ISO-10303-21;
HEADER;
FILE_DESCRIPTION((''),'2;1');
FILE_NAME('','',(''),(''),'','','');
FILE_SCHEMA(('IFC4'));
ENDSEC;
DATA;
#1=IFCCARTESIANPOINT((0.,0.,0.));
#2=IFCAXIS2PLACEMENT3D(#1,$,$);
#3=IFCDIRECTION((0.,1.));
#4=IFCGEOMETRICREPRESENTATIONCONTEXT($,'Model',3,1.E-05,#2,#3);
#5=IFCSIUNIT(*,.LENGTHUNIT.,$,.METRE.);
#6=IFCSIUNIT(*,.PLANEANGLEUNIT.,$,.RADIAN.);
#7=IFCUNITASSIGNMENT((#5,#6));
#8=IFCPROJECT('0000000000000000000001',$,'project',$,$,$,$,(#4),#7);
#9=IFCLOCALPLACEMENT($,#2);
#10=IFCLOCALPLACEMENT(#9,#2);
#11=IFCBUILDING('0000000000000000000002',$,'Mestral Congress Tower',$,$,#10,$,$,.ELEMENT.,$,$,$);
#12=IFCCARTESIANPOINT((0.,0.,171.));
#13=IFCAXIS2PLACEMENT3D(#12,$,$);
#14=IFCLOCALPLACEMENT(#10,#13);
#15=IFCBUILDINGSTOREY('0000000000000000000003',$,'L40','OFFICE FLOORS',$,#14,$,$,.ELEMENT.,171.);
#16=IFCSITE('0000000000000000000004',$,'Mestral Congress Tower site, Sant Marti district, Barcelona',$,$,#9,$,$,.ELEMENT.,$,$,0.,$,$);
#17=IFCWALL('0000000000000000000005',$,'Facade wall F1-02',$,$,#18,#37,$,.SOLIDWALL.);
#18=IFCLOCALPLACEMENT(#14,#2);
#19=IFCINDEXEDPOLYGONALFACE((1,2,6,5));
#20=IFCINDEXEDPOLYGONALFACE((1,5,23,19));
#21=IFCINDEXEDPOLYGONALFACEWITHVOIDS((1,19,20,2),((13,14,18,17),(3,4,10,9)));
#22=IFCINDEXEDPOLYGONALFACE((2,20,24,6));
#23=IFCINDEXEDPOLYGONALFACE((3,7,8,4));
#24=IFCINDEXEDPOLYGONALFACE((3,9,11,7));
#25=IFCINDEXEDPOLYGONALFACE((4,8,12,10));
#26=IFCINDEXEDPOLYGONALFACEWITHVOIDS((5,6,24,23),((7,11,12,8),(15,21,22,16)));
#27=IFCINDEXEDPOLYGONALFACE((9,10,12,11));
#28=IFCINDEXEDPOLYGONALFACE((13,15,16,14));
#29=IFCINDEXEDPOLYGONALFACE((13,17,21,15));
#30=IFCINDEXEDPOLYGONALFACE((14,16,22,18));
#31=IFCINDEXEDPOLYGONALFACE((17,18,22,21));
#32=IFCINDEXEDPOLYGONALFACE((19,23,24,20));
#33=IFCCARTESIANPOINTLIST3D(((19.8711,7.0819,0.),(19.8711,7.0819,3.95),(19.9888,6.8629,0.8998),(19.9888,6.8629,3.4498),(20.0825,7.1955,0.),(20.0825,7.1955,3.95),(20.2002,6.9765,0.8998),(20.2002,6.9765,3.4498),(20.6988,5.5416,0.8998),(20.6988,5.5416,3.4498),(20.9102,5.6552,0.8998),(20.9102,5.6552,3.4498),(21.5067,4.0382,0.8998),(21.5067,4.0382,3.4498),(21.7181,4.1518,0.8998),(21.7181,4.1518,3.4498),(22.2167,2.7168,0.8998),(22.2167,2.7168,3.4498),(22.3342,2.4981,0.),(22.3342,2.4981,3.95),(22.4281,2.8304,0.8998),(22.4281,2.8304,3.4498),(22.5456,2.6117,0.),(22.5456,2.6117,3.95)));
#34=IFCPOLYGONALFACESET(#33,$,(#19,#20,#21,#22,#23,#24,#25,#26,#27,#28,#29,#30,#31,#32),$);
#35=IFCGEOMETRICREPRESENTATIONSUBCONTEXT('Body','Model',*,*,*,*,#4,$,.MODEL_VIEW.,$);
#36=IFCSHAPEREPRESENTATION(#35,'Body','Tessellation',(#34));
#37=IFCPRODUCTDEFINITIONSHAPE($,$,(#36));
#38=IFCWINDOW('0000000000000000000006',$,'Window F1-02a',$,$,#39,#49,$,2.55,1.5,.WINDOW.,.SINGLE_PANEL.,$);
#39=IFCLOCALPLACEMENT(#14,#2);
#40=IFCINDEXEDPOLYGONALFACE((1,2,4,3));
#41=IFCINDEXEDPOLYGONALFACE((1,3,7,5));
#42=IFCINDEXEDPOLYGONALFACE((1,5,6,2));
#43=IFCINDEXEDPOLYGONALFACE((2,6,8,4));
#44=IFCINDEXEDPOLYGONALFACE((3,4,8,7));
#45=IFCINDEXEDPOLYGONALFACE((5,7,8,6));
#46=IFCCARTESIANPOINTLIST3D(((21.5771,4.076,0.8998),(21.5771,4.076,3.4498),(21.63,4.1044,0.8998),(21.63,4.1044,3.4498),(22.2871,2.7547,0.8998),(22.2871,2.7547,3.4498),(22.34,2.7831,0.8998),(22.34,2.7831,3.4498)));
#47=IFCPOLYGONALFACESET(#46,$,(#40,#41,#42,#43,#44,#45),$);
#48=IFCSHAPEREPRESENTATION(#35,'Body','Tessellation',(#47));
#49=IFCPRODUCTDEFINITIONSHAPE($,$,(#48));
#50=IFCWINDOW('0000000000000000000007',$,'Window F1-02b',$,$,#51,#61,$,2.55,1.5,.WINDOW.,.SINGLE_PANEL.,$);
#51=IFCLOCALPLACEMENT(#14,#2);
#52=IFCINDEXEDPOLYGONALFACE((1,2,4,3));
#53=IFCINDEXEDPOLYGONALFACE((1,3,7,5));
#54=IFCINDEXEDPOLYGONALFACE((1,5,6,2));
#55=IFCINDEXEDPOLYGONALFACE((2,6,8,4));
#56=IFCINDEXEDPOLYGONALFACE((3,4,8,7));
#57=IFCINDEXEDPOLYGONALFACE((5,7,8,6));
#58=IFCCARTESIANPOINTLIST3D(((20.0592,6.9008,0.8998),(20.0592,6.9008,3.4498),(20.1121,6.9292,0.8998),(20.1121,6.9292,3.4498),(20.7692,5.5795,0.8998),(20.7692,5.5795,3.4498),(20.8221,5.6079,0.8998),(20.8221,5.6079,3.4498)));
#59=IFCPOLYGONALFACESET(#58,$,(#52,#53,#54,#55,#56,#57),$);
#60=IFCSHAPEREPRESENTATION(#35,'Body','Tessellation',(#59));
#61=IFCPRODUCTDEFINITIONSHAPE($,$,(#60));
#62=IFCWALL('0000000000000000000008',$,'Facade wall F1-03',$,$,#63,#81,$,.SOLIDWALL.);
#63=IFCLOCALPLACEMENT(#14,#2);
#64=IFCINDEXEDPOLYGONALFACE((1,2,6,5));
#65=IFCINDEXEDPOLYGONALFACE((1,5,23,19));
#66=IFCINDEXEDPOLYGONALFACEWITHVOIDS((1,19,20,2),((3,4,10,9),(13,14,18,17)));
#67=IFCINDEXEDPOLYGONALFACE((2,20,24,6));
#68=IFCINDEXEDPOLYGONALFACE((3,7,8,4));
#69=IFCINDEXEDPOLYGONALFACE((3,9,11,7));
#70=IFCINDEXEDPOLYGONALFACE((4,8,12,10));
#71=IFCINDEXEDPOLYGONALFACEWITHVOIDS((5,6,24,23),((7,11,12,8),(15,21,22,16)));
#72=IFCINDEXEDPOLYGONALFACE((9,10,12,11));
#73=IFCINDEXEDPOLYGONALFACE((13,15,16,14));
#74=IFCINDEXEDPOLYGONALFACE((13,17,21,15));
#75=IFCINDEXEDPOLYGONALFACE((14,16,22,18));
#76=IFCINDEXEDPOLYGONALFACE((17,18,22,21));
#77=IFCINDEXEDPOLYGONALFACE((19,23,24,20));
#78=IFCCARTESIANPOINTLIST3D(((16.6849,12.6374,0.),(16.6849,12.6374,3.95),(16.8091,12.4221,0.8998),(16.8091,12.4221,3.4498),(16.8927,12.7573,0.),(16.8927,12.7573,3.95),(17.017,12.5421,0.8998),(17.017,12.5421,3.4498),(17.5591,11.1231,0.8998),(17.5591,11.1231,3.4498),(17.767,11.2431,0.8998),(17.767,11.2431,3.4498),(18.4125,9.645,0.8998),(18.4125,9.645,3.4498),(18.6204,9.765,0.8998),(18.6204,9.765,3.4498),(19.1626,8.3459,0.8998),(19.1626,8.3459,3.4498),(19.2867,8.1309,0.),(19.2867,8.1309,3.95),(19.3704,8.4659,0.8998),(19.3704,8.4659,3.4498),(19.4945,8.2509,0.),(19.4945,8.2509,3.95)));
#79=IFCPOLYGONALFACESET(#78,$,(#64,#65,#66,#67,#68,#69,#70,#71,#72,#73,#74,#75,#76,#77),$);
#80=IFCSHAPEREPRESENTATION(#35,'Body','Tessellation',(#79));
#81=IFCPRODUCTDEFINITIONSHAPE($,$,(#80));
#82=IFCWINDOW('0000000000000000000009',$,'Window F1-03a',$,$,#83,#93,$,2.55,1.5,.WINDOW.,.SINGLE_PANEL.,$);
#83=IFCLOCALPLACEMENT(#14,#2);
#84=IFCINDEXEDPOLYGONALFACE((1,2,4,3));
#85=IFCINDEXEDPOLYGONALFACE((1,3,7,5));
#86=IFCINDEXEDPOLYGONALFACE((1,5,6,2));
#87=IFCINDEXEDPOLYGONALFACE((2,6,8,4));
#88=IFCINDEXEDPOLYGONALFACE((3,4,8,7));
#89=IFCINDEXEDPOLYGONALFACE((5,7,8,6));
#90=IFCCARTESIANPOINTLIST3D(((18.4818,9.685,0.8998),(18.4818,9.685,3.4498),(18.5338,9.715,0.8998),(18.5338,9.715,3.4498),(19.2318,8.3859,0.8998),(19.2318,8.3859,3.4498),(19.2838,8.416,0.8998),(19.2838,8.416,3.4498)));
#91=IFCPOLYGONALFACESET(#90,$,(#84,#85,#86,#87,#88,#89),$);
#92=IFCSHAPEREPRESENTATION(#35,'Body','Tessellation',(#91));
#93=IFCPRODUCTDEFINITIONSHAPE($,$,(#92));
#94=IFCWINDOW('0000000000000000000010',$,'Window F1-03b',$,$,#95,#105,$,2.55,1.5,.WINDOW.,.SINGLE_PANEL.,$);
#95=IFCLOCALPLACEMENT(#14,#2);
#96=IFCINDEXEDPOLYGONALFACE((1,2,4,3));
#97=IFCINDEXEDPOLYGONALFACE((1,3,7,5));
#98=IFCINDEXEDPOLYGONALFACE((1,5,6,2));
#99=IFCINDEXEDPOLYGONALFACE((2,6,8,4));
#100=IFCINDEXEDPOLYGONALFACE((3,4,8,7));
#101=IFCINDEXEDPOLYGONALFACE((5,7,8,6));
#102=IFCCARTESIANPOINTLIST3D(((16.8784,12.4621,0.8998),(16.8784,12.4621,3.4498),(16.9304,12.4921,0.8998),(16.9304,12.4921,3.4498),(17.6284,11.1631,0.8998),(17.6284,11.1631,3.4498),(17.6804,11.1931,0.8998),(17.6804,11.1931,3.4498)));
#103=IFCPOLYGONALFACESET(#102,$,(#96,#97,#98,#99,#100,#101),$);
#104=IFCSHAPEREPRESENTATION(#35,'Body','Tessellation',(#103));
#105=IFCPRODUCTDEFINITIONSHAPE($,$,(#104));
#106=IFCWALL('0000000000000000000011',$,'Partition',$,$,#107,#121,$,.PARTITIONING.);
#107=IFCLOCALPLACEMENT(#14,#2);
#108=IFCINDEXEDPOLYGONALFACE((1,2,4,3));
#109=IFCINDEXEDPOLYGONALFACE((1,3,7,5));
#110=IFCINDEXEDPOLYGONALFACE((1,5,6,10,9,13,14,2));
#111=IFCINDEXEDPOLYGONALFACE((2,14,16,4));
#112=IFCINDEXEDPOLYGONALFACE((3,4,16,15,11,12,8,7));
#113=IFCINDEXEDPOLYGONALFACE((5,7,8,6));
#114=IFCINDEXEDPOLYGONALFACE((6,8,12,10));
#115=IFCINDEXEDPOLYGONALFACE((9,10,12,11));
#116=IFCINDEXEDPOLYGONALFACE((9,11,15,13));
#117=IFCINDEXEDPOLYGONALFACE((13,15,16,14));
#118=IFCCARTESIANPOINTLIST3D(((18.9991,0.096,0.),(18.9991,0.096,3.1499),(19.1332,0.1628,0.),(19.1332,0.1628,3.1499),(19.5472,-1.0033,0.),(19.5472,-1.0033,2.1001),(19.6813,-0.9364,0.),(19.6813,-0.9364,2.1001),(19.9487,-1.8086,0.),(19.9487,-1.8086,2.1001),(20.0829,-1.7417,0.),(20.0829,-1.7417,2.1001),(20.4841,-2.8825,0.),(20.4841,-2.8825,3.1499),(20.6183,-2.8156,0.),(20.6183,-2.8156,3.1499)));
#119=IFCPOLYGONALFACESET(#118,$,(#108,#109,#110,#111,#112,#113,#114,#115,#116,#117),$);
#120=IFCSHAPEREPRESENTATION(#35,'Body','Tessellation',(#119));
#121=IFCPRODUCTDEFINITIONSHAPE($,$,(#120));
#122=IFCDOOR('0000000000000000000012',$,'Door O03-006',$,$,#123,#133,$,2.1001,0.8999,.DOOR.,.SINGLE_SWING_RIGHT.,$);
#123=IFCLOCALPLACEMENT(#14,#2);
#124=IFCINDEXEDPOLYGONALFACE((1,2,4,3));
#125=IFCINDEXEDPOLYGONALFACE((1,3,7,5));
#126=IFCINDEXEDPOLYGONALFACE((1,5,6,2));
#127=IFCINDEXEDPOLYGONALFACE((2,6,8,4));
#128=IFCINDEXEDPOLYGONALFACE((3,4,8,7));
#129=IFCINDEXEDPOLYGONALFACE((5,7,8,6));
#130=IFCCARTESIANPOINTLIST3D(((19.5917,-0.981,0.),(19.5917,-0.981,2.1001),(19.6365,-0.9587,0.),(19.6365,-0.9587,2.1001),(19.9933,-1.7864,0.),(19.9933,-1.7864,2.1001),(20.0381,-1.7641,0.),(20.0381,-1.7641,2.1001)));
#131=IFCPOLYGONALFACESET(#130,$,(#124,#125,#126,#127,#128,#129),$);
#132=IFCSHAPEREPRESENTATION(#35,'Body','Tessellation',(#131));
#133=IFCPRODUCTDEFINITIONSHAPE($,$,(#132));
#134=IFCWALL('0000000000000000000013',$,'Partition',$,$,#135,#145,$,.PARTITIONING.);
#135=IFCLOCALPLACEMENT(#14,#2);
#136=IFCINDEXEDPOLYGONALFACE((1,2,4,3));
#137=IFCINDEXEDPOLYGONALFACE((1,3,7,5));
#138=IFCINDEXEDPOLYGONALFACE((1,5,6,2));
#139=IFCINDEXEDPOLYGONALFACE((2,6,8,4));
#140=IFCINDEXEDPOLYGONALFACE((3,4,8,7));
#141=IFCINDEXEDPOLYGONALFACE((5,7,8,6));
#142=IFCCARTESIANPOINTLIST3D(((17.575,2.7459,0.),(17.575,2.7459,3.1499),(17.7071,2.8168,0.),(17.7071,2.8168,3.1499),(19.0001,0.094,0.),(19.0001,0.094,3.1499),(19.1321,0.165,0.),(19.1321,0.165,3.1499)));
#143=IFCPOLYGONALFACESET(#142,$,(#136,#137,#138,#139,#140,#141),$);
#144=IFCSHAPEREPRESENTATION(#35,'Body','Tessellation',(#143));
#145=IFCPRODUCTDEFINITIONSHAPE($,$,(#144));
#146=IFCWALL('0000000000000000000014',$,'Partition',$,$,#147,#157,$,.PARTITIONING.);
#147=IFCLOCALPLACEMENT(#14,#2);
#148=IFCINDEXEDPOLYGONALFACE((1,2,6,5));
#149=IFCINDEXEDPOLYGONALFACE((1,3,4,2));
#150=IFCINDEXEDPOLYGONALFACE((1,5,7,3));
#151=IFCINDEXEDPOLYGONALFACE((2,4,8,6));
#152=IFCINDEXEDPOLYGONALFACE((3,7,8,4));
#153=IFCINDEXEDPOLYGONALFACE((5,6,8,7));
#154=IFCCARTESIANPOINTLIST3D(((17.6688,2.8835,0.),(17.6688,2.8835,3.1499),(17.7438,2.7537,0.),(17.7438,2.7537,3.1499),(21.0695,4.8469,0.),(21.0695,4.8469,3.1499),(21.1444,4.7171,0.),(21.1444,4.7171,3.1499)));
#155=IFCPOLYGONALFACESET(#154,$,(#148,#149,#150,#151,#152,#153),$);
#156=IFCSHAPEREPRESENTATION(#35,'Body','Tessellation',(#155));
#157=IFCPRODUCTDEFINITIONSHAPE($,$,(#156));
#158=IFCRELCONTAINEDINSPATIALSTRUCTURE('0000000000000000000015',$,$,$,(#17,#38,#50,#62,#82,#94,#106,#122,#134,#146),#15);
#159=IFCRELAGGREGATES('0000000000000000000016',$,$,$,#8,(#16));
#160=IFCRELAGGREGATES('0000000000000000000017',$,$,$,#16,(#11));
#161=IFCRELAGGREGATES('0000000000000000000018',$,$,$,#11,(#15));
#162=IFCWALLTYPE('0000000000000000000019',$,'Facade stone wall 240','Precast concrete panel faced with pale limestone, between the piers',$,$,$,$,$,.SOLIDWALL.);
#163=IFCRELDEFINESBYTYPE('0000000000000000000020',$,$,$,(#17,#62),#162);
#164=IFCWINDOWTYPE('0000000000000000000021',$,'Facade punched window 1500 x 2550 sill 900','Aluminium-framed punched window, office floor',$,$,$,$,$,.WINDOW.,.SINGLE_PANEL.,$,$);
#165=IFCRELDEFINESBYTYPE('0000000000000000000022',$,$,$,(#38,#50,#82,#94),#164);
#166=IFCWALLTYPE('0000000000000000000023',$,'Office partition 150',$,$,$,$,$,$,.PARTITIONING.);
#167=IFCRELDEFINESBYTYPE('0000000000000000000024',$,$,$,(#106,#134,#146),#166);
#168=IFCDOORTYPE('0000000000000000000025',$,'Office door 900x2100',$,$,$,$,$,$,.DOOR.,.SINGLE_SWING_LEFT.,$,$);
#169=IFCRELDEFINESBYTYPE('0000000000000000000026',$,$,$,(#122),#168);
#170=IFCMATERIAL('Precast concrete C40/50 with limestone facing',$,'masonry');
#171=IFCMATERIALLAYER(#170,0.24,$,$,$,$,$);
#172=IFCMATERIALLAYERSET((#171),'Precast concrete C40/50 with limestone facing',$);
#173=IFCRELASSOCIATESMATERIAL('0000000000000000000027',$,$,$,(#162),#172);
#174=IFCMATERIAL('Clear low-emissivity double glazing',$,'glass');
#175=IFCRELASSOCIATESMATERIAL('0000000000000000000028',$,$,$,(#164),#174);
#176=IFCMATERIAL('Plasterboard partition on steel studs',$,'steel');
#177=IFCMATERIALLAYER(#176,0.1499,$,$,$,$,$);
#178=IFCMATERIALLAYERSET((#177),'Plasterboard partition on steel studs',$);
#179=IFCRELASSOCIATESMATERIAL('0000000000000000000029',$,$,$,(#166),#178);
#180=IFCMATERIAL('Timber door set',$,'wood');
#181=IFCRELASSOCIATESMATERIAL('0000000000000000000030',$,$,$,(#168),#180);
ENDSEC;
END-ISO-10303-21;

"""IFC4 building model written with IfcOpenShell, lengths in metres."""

from ifc_helpers import new_model, si_unit, direction, frame, frame_2d, origin, place, context, subcontext, project, spatial, rectangle, extrude, material, layer, layer_set, type_object, element, fill, save


model = new_model("IFC4")

# Units and contexts
model_context = context("Model", 3, precision=1e-05, world=origin(), true_north=direction((0.0, 1.0)))
body_context = subcontext(model_context, "Body", "Model", "MODEL_VIEW")
ifc_project = project(units=[si_unit("LENGTHUNIT", "METRE"), si_unit("PLANEANGLEUNIT", "RADIAN")], contexts=[model_context])

# Site, building, storey
site_placement = place(None, origin())
site = spatial("IfcSite", under=ifc_project, at=site_placement, Name="Mestral Congress Tower site, Sant Marti district, Barcelona", CompositionType="ELEMENT", RefElevation=0.0)
building_placement = place(site_placement, origin())
building = spatial("IfcBuilding", under=site, at=building_placement, Name="Mestral Congress Tower", CompositionType="ELEMENT")
storey_placement = place(building_placement, frame((0.0, 0.0, 171.0)))
storey = spatial("IfcBuildingStorey", under=building, at=storey_placement, Name="L40", Description="OFFICE FLOORS", CompositionType="ELEMENT", Elevation=171.0)

# Walls, openings, windows
ifc_material_1 = material(Name="Precast concrete C40/50 with limestone facing", Category="masonry")
ifc_layer_1 = layer(ifc_material_1, 0.24)
ifc_layer_set_1 = layer_set([ifc_layer_1], Name="Precast concrete C40/50 with limestone facing")
wall_type_1 = type_object("IfcWallType", Name="Facade stone wall 240", Description="Precast concrete panel faced with pale limestone, between the piers", PredefinedType="SOLIDWALL", material=ifc_layer_set_1)
wall_1_placement = place(storey_placement, frame((22.4399, 2.5549, 0.0), z_axis=(0.0, 0.0, 1.0), x_axis=(-0.47335, 0.880875, 0.0)))
wall_1 = element("IfcWall", 1, at=wall_1_placement, inside=storey, type_object=wall_type_1, Name="Facade wall F1-02", PredefinedType="SOLIDWALL", context=body_context, shape_type="SweptSolid", body=[
    extrude(rectangle(XDim=5.2036, YDim=0.24, at=frame_2d((2.6018, 0.0))), origin(), (0.0, 0.0, 1.0), 3.95),
])
opening_1_placement = place(wall_1_placement, frame((0.2483, 0.0, 0.8999)))
opening_1 = element("IfcOpeningElement", 2, at=opening_1_placement, cuts=wall_1, PredefinedType="OPENING", context=body_context, shape_type="SweptSolid", body=[
    extrude(rectangle(XDim=1.5, YDim=2.55, at=frame_2d((0.75, 1.2749))), frame((0.0, 0.1299, 0.0), z_axis=(0.0, -1.0, 0.0), x_axis=(1.0, 0.0, 0.0)), (0.0, 0.0, 1.0), 0.26),
])
opening_2_placement = place(wall_1_placement, frame((3.4551, 0.0, 0.8999)))
opening_2 = element("IfcOpeningElement", 3, at=opening_2_placement, cuts=wall_1, PredefinedType="OPENING", context=body_context, shape_type="SweptSolid", body=[
    extrude(rectangle(XDim=1.5, YDim=2.55, at=frame_2d((0.75, 1.2749))), frame((0.0, 0.1299, 0.0), z_axis=(0.0, -1.0, 0.0), x_axis=(1.0, 0.0, 0.0)), (0.0, 0.0, 1.0), 0.26),
])
ifc_material_2 = material(Name="Clear low-emissivity double glazing", Category="glass")
window_type = type_object("IfcWindowType", Name="Facade punched window 1500 x 2550 sill 900", Description="Aluminium-framed punched window, office floor", PartitioningType="SINGLE_PANEL", PredefinedType="WINDOW", material=ifc_material_2)
window_1_placement = place(opening_1_placement, origin())
window_1 = element("IfcWindow", 4, at=window_1_placement, inside=storey, type_object=window_type, Name="Window F1-02a", OverallHeight=2.55, OverallWidth=1.5, PartitioningType="SINGLE_PANEL", PredefinedType="WINDOW", context=body_context, shape_type="SweptSolid", body=[
    extrude(rectangle(XDim=1.5, YDim=2.55, at=frame_2d((0.75, 1.2749))), frame((0.0, 0.04, 0.0), z_axis=(0.0, -1.0, 0.0), x_axis=(1.0, 0.0, 0.0)), (0.0, 0.0, 1.0), 0.0601),
])
fill(opening_1, window_1)
window_2_placement = place(opening_2_placement, origin())
window_2 = element("IfcWindow", 5, at=window_2_placement, inside=storey, type_object=window_type, Name="Window F1-02b", OverallHeight=2.55, OverallWidth=1.5, PartitioningType="SINGLE_PANEL", PredefinedType="WINDOW", context=body_context, shape_type="SweptSolid", body=[
    extrude(rectangle(XDim=1.5, YDim=2.55, at=frame_2d((0.75, 1.2749))), frame((0.0, 0.04, 0.0), z_axis=(0.0, -1.0, 0.0), x_axis=(1.0, 0.0, 0.0)), (0.0, 0.0, 1.0), 0.0601),
])
fill(opening_2, window_2)
wall_2_placement = place(storey_placement, frame((19.3906, 8.1909, 0.0), z_axis=(0.0, 0.0, 1.0), x_axis=(-0.500009, 0.86602, 0.0)))
wall_2 = element("IfcWall", 6, at=wall_2_placement, inside=storey, type_object=wall_type_1, Name="Facade wall F1-03", PredefinedType="SOLIDWALL", context=body_context, shape_type="SweptSolid", body=[
    extrude(rectangle(XDim=5.2036, YDim=0.24, at=frame_2d((2.6018, 0.0))), origin(), (0.0, 0.0, 1.0), 3.95),
])
opening_3_placement = place(wall_2_placement, frame((0.2483, 0.0, 0.8999)))
opening_3 = element("IfcOpeningElement", 7, at=opening_3_placement, cuts=wall_2, PredefinedType="OPENING", context=body_context, shape_type="SweptSolid", body=[
    extrude(rectangle(XDim=1.5, YDim=2.55, at=frame_2d((0.75, 1.2749))), frame((0.0, 0.1299, 0.0), z_axis=(0.0, -1.0, 0.0), x_axis=(1.0, 0.0, 0.0)), (0.0, 0.0, 1.0), 0.26),
])
opening_4_placement = place(wall_2_placement, frame((3.4551, 0.0, 0.8999)))
opening_4 = element("IfcOpeningElement", 8, at=opening_4_placement, cuts=wall_2, PredefinedType="OPENING", context=body_context, shape_type="SweptSolid", body=[
    extrude(rectangle(XDim=1.5, YDim=2.55, at=frame_2d((0.75, 1.2749))), frame((0.0, 0.1299, 0.0), z_axis=(0.0, -1.0, 0.0), x_axis=(1.0, 0.0, 0.0)), (0.0, 0.0, 1.0), 0.26),
])
window_3_placement = place(opening_3_placement, origin())
window_3 = element("IfcWindow", 9, at=window_3_placement, inside=storey, type_object=window_type, Name="Window F1-03a", OverallHeight=2.55, OverallWidth=1.5, PartitioningType="SINGLE_PANEL", PredefinedType="WINDOW", context=body_context, shape_type="SweptSolid", body=[
    extrude(rectangle(XDim=1.5, YDim=2.55, at=frame_2d((0.75, 1.2749))), frame((0.0, 0.04, 0.0), z_axis=(0.0, -1.0, 0.0), x_axis=(1.0, 0.0, 0.0)), (0.0, 0.0, 1.0), 0.0601),
])
fill(opening_3, window_3)
window_4_placement = place(opening_4_placement, origin())
window_4 = element("IfcWindow", 10, at=window_4_placement, inside=storey, type_object=window_type, Name="Window F1-03b", OverallHeight=2.55, OverallWidth=1.5, PartitioningType="SINGLE_PANEL", PredefinedType="WINDOW", context=body_context, shape_type="SweptSolid", body=[
    extrude(rectangle(XDim=1.5, YDim=2.55, at=frame_2d((0.75, 1.2749))), frame((0.0, 0.04, 0.0), z_axis=(0.0, -1.0, 0.0), x_axis=(1.0, 0.0, 0.0)), (0.0, 0.0, 1.0), 0.0601),
])
fill(opening_4, window_4)

# Wall, opening, door
ifc_material_3 = material(Name="Plasterboard partition on steel studs", Category="steel")
ifc_layer_2 = layer(ifc_material_3, 0.1499)
ifc_layer_set_2 = layer_set([ifc_layer_2], Name="Plasterboard partition on steel studs")
wall_type_2 = type_object("IfcWallType", Name="Office partition 150", PredefinedType="PARTITIONING", material=ifc_layer_set_2)
wall_3_placement = place(storey_placement, frame((19.0662, 0.1294, 0.0), z_axis=(0.0, 0.0, 1.0), x_axis=(0.446216, -0.894925, 0.0)))
wall_3 = element("IfcWall", 11, at=wall_3_placement, inside=storey, type_object=wall_type_2, Name="Partition", PredefinedType="PARTITIONING", context=body_context, shape_type="SweptSolid", body=[
    extrude(rectangle(XDim=3.3281, YDim=0.1499, at=frame_2d((1.6641, 0.0))), origin(), (0.0, 0.0, 1.0), 3.1499),
])
opening_5_placement = place(wall_3_placement, frame((1.2283, 0.0, 0.0)))
opening_5 = element("IfcOpeningElement", 12, at=opening_5_placement, cuts=wall_3, PredefinedType="OPENING", context=body_context, shape_type="SweptSolid", body=[
    extrude(rectangle(XDim=0.8999, YDim=2.1001, at=frame_2d((0.45, 1.05))), frame((0.0, 0.085, 0.0), z_axis=(0.0, -1.0, 0.0), x_axis=(1.0, 0.0, 0.0)), (0.0, 0.0, 1.0), 0.1699),
])
ifc_material_4 = material(Name="Timber door set", Category="wood")
door_type_1 = type_object("IfcDoorType", Name="Office door 900x2100", OperationType="SINGLE_SWING_LEFT", PredefinedType="DOOR", material=ifc_material_4)
door_1_placement = place(opening_5_placement, origin())
door_1 = element("IfcDoor", 13, at=door_1_placement, inside=storey, type_object=door_type_1, Name="Door O03-006", OperationType="SINGLE_SWING_RIGHT", OverallHeight=2.1001, OverallWidth=0.8999, PredefinedType="DOOR", context=body_context, shape_type="SweptSolid", body=[
    extrude(rectangle(XDim=0.8999, YDim=2.1001, at=frame_2d((0.45, 1.05))), frame((0.0, 0.0249, 0.0), z_axis=(0.0, -1.0, 0.0), x_axis=(1.0, 0.0, 0.0)), (0.0, 0.0, 1.0), 0.05),
])
fill(opening_5, door_1)

# Walls
wall_4_placement = place(storey_placement, frame((19.0662, 0.1294, 0.0), z_axis=(0.0, 0.0, 1.0), x_axis=(-0.47336, 0.880869, 0.0)))
element("IfcWall", 14, at=wall_4_placement, inside=storey, type_object=wall_type_2, Name="Partition", PredefinedType="PARTITIONING", context=body_context, shape_type="SweptSolid", body=[
    extrude(rectangle(XDim=3.0105, YDim=0.1499, at=frame_2d((1.5054, 0.0))), origin(), (0.0, 0.0, 1.0), 3.1499),
])
wall_5_placement = place(storey_placement, frame((17.7063, 2.8186, 0.0), z_axis=(0.0, 0.0, 1.0), x_axis=(0.866023, 0.500004, 0.0)))
element("IfcWall", 15, at=wall_5_placement, inside=storey, type_object=wall_type_2, Name="Partition", PredefinedType="PARTITIONING", context=body_context, shape_type="SweptSolid", body=[
    extrude(rectangle(XDim=3.9268, YDim=0.1499, at=frame_2d((1.9634, 0.0))), origin(), (0.0, 0.0, 1.0), 3.1499),
])

save(model, "model.ifc")
